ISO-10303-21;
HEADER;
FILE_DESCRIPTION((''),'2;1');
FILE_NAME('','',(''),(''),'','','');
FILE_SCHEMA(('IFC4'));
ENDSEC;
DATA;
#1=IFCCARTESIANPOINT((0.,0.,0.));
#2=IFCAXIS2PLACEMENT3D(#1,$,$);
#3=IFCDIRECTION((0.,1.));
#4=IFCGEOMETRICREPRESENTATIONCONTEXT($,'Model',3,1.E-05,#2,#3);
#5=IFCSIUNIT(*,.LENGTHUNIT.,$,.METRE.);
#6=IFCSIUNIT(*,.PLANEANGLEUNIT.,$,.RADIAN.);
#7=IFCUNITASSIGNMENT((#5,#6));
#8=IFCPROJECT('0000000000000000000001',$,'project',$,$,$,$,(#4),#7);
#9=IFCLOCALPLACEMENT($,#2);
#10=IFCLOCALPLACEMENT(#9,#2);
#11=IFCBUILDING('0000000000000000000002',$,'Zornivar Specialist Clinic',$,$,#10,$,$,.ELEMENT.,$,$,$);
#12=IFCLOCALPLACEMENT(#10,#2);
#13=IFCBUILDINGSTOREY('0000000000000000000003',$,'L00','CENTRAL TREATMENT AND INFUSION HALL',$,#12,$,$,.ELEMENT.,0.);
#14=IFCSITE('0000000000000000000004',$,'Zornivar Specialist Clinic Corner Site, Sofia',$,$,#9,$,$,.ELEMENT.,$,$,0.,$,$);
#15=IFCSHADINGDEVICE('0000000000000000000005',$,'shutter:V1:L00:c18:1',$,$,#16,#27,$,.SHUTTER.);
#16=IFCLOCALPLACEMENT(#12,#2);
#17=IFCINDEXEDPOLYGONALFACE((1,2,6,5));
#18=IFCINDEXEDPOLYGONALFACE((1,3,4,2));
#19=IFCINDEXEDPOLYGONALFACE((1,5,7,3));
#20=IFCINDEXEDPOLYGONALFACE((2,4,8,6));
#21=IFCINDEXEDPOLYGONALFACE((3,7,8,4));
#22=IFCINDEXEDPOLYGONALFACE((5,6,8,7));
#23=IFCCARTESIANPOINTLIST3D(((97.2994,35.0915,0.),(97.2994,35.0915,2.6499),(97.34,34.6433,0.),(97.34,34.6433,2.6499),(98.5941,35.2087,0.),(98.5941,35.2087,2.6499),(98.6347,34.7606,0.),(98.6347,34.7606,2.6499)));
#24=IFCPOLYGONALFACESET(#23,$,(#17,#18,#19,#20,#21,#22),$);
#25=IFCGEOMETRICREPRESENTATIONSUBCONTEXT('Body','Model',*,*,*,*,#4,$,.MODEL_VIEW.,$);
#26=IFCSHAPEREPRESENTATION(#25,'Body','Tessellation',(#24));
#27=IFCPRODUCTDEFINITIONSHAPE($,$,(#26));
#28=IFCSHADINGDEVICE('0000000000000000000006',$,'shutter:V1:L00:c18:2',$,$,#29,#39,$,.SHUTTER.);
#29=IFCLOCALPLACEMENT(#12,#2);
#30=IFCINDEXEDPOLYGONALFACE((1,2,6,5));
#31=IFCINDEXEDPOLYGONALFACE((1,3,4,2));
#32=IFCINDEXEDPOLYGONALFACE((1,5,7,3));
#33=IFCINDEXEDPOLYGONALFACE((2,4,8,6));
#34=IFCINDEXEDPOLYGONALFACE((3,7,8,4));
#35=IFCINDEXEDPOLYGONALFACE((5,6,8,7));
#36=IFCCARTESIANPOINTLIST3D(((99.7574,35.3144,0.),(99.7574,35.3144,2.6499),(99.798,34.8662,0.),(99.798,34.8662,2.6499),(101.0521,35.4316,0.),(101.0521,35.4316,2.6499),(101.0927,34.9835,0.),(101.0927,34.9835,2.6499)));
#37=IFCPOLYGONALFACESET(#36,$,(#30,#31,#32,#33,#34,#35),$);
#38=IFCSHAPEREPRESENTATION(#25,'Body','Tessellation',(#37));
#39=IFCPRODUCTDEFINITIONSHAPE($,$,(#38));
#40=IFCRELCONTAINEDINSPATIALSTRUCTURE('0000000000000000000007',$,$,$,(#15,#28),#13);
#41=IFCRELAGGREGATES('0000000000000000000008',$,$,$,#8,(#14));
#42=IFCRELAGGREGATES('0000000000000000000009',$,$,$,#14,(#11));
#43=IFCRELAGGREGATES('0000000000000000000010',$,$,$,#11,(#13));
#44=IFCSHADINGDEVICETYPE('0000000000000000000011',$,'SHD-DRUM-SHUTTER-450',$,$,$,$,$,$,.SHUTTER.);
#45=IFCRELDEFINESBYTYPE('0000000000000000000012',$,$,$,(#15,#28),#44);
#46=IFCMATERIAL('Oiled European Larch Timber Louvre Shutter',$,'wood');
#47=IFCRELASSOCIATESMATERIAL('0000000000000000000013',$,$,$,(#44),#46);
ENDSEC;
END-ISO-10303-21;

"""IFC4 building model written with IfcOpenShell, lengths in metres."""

from ifc_helpers import new_model, si_unit, direction, frame, origin, origin_2d, place, context, subcontext, project, spatial, rectangle, extrude, material, type_object, element, save


model = new_model("IFC4")

# Units and contexts
model_context = context("Model", 3, precision=1e-05, world=origin(), true_north=direction((0.0, 1.0)))
body_context = subcontext(model_context, "Body", "Model", "MODEL_VIEW")
ifc_project = project(units=[si_unit("LENGTHUNIT", "METRE"), si_unit("PLANEANGLEUNIT", "RADIAN")], contexts=[model_context])

# Site, building, storey
site_placement = place(None, origin())
site = spatial("IfcSite", under=ifc_project, at=site_placement, Name="Zornivar Specialist Clinic Corner Site, Sofia", CompositionType="ELEMENT", RefElevation=0.0)
building_placement = place(site_placement, origin())
building = spatial("IfcBuilding", under=site, at=building_placement, Name="Zornivar Specialist Clinic", CompositionType="ELEMENT")
storey_placement = place(building_placement, origin())
storey = spatial("IfcBuildingStorey", under=building, at=storey_placement, Name="L00", Description="CENTRAL TREATMENT AND INFUSION HALL", CompositionType="ELEMENT", Elevation=0.0)

# Shading devices
ifc_material_1 = material(Name="Oiled European Larch Timber Louvre Shutter", Category="wood")
shading_device_type = type_object("IfcShadingDeviceType", Name="SHD-DRUM-SHUTTER-450", PredefinedType="SHUTTER", material=ifc_material_1)
for number, where, z_axis, x_axis, name in (
    (1, (97.967, 34.926, 0.0), (0.0, 0.0, 1.0), (0.995925, 0.090188, 0.0), "shutter:V1:L00:c18:1"),
    (2, (100.425, 35.1489, 0.0), (0.0, 0.0, 1.0), (0.995925, 0.090188, 0.0), "shutter:V1:L00:c18:2"),
):
    element("IfcShadingDevice", number, at=place(storey_placement, frame(where, z_axis=z_axis, x_axis=x_axis)), inside=storey, type_object=shading_device_type, Name=name, PredefinedType="SHUTTER", context=body_context, shape_type="SweptSolid", body=[
        extrude(rectangle(XDim=1.3, YDim=0.45, at=origin_2d()), origin(), (0.0, 0.0, 1.0), 2.6499),
    ])

save(model, "model.ifc")
